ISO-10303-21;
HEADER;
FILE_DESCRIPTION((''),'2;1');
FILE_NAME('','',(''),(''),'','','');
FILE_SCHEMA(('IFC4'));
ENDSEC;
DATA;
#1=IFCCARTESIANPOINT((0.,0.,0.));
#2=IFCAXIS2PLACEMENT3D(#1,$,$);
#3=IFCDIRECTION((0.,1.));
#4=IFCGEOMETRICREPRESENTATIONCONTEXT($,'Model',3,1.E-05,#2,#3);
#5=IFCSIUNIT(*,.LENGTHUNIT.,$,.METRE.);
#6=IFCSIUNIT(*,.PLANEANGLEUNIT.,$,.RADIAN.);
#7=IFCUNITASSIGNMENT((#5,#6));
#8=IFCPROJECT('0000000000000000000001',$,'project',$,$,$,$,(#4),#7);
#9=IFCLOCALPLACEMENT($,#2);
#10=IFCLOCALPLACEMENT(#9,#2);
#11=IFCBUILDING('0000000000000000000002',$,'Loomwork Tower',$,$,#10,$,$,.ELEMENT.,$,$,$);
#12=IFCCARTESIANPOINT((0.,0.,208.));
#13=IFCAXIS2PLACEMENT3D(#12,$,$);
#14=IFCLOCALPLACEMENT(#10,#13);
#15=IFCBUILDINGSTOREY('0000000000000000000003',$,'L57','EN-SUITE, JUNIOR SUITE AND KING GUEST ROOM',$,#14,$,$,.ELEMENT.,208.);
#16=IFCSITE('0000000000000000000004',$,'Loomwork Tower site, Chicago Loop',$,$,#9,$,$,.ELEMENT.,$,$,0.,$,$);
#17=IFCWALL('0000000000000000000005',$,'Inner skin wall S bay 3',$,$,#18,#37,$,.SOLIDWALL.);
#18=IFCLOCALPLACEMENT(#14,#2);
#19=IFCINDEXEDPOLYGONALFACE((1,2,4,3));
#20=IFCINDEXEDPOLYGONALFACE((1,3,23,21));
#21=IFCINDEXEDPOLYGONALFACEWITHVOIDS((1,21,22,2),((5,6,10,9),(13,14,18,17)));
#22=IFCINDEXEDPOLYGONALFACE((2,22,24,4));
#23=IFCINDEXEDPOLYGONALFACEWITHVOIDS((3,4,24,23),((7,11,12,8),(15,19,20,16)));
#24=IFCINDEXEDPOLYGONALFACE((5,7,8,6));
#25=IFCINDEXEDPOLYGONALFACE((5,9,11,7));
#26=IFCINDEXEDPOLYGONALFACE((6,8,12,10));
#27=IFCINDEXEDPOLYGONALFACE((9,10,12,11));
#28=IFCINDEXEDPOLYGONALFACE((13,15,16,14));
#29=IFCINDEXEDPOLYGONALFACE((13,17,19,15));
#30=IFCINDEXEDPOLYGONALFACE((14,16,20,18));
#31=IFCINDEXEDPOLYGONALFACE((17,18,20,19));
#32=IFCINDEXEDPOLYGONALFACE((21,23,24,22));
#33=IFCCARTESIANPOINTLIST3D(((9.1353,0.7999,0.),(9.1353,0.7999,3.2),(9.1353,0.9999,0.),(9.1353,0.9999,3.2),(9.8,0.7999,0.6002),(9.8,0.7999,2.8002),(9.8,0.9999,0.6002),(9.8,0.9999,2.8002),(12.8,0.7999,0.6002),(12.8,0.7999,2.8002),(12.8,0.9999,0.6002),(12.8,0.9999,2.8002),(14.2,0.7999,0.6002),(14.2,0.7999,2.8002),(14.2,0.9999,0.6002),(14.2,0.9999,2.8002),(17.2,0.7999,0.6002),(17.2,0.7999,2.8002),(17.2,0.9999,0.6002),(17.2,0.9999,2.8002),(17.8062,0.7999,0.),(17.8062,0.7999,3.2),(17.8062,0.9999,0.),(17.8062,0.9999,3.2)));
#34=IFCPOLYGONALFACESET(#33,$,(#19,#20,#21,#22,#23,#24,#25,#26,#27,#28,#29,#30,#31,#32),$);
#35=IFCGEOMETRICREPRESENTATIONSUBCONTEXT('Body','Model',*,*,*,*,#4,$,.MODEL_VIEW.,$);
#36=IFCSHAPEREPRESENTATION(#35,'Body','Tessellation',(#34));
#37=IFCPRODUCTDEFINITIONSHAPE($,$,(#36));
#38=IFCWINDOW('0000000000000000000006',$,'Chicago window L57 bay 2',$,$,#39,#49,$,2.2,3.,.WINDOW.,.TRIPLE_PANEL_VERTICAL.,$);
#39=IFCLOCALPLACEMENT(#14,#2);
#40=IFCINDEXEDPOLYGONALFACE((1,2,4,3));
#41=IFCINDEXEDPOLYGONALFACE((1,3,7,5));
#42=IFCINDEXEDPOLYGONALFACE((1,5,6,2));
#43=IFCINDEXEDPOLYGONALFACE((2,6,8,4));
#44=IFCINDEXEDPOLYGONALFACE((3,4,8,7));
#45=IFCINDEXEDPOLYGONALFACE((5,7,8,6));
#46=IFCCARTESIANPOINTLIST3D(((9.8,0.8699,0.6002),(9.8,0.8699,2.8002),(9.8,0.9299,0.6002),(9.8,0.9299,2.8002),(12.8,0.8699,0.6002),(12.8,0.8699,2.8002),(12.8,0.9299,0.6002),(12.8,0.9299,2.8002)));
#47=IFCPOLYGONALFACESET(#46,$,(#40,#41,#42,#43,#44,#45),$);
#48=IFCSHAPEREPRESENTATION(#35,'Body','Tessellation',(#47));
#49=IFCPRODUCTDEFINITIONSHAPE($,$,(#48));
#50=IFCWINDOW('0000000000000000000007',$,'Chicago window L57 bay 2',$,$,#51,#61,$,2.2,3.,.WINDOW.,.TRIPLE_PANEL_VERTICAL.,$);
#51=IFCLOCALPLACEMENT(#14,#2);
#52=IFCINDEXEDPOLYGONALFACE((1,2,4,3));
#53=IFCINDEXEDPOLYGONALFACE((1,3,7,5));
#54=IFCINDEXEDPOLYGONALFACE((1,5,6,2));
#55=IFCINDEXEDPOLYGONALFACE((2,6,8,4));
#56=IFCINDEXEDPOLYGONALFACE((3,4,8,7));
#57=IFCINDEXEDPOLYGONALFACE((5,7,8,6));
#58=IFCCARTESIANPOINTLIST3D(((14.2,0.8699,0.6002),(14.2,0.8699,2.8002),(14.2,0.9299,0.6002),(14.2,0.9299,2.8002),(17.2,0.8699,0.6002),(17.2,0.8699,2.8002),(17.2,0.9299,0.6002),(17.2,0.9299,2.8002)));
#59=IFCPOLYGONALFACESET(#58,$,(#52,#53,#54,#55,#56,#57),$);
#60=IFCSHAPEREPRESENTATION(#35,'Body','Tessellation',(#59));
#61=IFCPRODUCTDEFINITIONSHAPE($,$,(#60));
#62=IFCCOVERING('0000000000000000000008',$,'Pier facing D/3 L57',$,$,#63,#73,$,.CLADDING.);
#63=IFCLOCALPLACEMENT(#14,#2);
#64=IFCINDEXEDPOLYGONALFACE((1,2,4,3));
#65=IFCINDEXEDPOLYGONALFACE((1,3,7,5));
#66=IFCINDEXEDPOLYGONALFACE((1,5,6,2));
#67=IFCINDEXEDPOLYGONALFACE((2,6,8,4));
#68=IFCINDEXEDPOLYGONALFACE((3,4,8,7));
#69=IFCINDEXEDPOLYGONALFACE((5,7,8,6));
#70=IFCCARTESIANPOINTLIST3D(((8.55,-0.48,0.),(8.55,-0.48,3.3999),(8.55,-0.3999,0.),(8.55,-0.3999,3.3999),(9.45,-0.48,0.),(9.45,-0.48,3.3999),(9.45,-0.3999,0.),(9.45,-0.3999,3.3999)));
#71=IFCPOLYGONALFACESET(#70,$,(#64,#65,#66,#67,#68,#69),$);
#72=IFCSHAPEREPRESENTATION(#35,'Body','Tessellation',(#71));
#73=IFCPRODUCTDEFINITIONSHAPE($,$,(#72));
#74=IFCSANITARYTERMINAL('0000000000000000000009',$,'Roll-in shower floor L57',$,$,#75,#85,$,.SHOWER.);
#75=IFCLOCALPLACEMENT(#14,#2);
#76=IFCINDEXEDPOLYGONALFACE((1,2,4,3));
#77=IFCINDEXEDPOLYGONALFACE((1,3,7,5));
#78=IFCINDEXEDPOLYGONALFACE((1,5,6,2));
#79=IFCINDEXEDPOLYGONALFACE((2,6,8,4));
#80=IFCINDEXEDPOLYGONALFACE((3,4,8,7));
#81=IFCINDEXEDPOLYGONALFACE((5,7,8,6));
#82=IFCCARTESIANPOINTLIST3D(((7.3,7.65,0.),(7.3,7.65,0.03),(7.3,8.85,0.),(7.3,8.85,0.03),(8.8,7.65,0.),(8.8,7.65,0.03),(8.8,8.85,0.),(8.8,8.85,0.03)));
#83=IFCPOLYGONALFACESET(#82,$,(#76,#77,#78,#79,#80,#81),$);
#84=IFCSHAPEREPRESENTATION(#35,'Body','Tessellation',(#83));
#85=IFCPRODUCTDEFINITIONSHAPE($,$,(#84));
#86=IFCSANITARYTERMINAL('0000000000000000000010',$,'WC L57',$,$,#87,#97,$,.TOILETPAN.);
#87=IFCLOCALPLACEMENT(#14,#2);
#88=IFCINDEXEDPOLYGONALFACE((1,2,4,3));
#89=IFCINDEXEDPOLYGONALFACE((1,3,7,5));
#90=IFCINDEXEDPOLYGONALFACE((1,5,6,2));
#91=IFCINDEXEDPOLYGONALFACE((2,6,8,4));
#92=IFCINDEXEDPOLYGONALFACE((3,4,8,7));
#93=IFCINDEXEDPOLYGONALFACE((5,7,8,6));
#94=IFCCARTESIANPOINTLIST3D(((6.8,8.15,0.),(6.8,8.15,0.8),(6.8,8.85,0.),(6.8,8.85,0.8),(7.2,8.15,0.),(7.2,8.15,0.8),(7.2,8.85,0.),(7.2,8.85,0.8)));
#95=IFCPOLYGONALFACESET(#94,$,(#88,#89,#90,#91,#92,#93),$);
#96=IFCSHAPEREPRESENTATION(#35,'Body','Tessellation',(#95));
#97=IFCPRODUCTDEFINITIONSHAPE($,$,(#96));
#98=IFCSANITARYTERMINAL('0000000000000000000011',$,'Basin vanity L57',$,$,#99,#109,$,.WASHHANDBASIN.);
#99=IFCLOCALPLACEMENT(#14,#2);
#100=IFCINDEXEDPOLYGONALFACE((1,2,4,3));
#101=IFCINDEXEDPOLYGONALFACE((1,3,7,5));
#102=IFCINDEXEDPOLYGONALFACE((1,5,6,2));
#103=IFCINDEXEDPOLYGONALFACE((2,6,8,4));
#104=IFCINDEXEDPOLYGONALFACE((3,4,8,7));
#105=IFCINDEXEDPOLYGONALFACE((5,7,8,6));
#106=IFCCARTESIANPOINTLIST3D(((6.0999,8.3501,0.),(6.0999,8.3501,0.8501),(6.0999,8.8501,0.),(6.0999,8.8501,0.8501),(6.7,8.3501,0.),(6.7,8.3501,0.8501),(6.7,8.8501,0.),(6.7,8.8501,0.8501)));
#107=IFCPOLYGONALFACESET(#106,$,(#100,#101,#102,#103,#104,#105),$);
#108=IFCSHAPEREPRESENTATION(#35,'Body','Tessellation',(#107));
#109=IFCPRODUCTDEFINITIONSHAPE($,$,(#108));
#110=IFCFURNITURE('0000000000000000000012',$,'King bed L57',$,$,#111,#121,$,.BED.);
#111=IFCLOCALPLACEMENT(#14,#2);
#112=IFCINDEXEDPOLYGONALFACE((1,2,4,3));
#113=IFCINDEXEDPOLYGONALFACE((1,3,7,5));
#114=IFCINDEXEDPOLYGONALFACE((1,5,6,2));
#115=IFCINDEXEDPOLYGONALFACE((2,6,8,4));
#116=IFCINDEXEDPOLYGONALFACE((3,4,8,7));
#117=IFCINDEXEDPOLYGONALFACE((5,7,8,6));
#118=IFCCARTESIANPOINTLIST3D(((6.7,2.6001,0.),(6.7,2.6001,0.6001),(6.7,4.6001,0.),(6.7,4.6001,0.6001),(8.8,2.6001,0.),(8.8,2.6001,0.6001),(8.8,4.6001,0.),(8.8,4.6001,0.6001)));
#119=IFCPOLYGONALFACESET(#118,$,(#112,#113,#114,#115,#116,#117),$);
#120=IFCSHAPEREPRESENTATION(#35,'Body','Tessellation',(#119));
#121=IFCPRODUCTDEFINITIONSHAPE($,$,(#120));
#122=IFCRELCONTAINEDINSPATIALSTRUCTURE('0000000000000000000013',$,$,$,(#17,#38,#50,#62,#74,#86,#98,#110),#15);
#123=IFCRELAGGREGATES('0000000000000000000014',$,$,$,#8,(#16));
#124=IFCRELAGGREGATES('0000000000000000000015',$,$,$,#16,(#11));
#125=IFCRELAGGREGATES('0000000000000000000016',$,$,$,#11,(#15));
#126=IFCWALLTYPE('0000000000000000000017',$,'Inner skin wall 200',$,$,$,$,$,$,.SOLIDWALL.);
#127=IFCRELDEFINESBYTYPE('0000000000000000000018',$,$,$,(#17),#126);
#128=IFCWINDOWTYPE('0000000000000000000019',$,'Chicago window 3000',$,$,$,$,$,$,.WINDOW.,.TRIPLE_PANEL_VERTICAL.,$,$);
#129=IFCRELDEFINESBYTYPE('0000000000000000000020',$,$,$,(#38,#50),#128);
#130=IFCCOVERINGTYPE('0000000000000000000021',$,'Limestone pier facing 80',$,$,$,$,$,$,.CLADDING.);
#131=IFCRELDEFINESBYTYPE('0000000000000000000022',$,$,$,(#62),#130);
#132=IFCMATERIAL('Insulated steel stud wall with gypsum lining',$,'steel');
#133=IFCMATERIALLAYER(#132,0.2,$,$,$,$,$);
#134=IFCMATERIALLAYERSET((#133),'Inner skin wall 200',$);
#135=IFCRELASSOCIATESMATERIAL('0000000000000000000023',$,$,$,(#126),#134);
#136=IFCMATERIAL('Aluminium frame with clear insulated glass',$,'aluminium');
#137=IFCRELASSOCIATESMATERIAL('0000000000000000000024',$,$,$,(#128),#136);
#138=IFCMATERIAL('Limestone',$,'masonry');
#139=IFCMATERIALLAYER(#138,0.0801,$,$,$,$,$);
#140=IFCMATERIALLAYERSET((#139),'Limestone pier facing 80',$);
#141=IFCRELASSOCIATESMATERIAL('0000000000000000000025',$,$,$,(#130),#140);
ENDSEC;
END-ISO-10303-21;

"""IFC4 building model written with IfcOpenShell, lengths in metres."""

from ifc_helpers import new_model, si_unit, direction, frame, frame_2d, origin, origin_2d, place, context, subcontext, project, spatial, rectangle, extrude, material, layer, layer_set, type_object, element, fill, save


model = new_model("IFC4")

# Units and contexts
model_context = context("Model", 3, precision=1e-05, world=origin(), true_north=direction((0.0, 1.0)))
body_context = subcontext(model_context, "Body", "Model", "MODEL_VIEW")
ifc_project = project(units=[si_unit("LENGTHUNIT", "METRE"), si_unit("PLANEANGLEUNIT", "RADIAN")], contexts=[model_context])

# Site, building, storey
site_placement = place(None, origin())
site = spatial("IfcSite", under=ifc_project, at=site_placement, Name="Loomwork Tower site, Chicago Loop", CompositionType="ELEMENT", RefElevation=0.0)
building_placement = place(site_placement, origin())
building = spatial("IfcBuilding", under=site, at=building_placement, Name="Loomwork Tower", CompositionType="ELEMENT")
storey_placement = place(building_placement, frame((0.0, 0.0, 208.0)))
storey = spatial("IfcBuildingStorey", under=building, at=storey_placement, Name="L57", Description="EN-SUITE, JUNIOR SUITE AND KING GUEST ROOM", CompositionType="ELEMENT", Elevation=208.0)

# Shared definitions
ifc_material_1 = material(Name="Insulated steel stud wall with gypsum lining", Category="steel")
ifc_layer_1 = layer(ifc_material_1, 0.2)
ifc_layer_set_1 = layer_set([ifc_layer_1], Name="Inner skin wall 200")
wall_type_1 = type_object("IfcWallType", Name="Inner skin wall 200", PredefinedType="SOLIDWALL", material=ifc_layer_set_1)

# Wall, openings, windows
wall_1_placement = place(storey_placement, frame((9.1353, 0.8999, 0.0), z_axis=(0.0, 0.0, 1.0), x_axis=(1.0, 0.0, 0.0)))
wall_1 = element("IfcWall", 1, at=wall_1_placement, inside=storey, type_object=wall_type_1, Name="Inner skin wall S bay 3", PredefinedType="SOLIDWALL", context=body_context, shape_type="SweptSolid", body=[
    extrude(rectangle(XDim=8.6709, YDim=0.2, at=frame_2d((4.3354, 0.0))), origin(), (0.0, 0.0, 1.0), 3.2),
])
opening_1_placement = place(wall_1_placement, frame((0.6648, 0.0, 0.6001)))
opening_1 = element("IfcOpeningElement", 2, at=opening_1_placement, cuts=wall_1, PredefinedType="OPENING", context=body_context, shape_type="SweptSolid", body=[
    extrude(rectangle(XDim=3.0, YDim=2.2, at=frame_2d((1.5, 1.1001))), frame((0.0, 0.1099, 0.0), z_axis=(0.0, -1.0, 0.0), x_axis=(1.0, 0.0, 0.0)), (0.0, 0.0, 1.0), 0.22),
])
opening_2_placement = place(wall_1_placement, frame((5.0647, 0.0, 0.6001)))
opening_2 = element("IfcOpeningElement", 3, at=opening_2_placement, cuts=wall_1, PredefinedType="OPENING", context=body_context, shape_type="SweptSolid", body=[
    extrude(rectangle(XDim=3.0, YDim=2.2, at=frame_2d((1.5, 1.1001))), frame((0.0, 0.1099, 0.0), z_axis=(0.0, -1.0, 0.0), x_axis=(1.0, 0.0, 0.0)), (0.0, 0.0, 1.0), 0.22),
])
ifc_material_2 = material(Name="Aluminium frame with clear insulated glass", Category="aluminium")
window_type = type_object("IfcWindowType", Name="Chicago window 3000", PartitioningType="TRIPLE_PANEL_VERTICAL", PredefinedType="WINDOW", material=ifc_material_2)
window_1_placement = place(opening_1_placement, origin())
window_1 = element("IfcWindow", 4, at=window_1_placement, inside=storey, type_object=window_type, Name="Chicago window L57 bay 2", OverallHeight=2.2, OverallWidth=3.0, PartitioningType="TRIPLE_PANEL_VERTICAL", PredefinedType="WINDOW", context=body_context, shape_type="SweptSolid", body=[
    extrude(rectangle(XDim=3.0, YDim=2.2, at=frame_2d((1.5, 1.1001))), frame((0.0, 0.03, 0.0), z_axis=(0.0, -1.0, 0.0), x_axis=(1.0, 0.0, 0.0)), (0.0, 0.0, 1.0), 0.0601),
])
fill(opening_1, window_1)
window_2_placement = place(opening_2_placement, origin())
window_2 = element("IfcWindow", 5, at=window_2_placement, inside=storey, type_object=window_type, Name="Chicago window L57 bay 2", OverallHeight=2.2, OverallWidth=3.0, PartitioningType="TRIPLE_PANEL_VERTICAL", PredefinedType="WINDOW", context=body_context, shape_type="SweptSolid", body=[
    extrude(rectangle(XDim=3.0, YDim=2.2, at=frame_2d((1.5, 1.1001))), frame((0.0, 0.03, 0.0), z_axis=(0.0, -1.0, 0.0), x_axis=(1.0, 0.0, 0.0)), (0.0, 0.0, 1.0), 0.0601),
])
fill(opening_2, window_2)

# Covering
ifc_material_3 = material(Name="Limestone", Category="masonry")
ifc_layer_2 = layer(ifc_material_3, 0.0801)
ifc_layer_set_2 = layer_set([ifc_layer_2], Name="Limestone pier facing 80")
covering_type = type_object("IfcCoveringType", Name="Limestone pier facing 80", PredefinedType="CLADDING", material=ifc_layer_set_2)
covering_placement = place(storey_placement, frame((9.0, -0.4399, 0.0), z_axis=(0.0, 0.0, 1.0), x_axis=(1.0, 0.0, 0.0)))
element("IfcCovering", 6, at=covering_placement, inside=storey, type_object=covering_type, Name="Pier facing D/3 L57", PredefinedType="CLADDING", context=body_context, shape_type="SweptSolid", body=[
    extrude(rectangle(XDim=0.8999, YDim=0.0801, at=origin_2d()), origin(), (0.0, 0.0, 1.0), 3.3999),
])

# Sanitary terminals
sanitary_terminal_1_placement = place(storey_placement, frame((8.05, 8.25, 0.0), z_axis=(0.0, 0.0, 1.0), x_axis=(1.0, 0.0, 0.0)))
element("IfcSanitaryTerminal", 7, at=sanitary_terminal_1_placement, inside=storey, Name="Roll-in shower floor L57", PredefinedType="SHOWER", context=body_context, shape_type="SweptSolid", body=[
    extrude(rectangle(XDim=1.5, YDim=1.2, at=origin_2d()), origin(), (0.0, 0.0, 1.0), 0.03),
])
sanitary_terminal_2_placement = place(storey_placement, frame((7.0, 8.5, 0.0), z_axis=(0.0, 0.0, 1.0), x_axis=(1.0, 0.0, 0.0)))
element("IfcSanitaryTerminal", 8, at=sanitary_terminal_2_placement, inside=storey, Name="WC L57", PredefinedType="TOILETPAN", context=body_context, shape_type="SweptSolid", body=[
    extrude(rectangle(XDim=0.3999, YDim=0.7, at=origin_2d()), origin(), (0.0, 0.0, 1.0), 0.8),
])
sanitary_terminal_3_placement = place(storey_placement, frame((6.3999, 8.6001, 0.0), z_axis=(0.0, 0.0, 1.0), x_axis=(1.0, 0.0, 0.0)))
element("IfcSanitaryTerminal", 9, at=sanitary_terminal_3_placement, inside=storey, Name="Basin vanity L57", PredefinedType="WASHHANDBASIN", context=body_context, shape_type="SweptSolid", body=[
    extrude(rectangle(XDim=0.6001, YDim=0.5, at=origin_2d()), origin(), (0.0, 0.0, 1.0), 0.8501),
])

# Furniture
furniture_placement = place(storey_placement, frame((7.75, 3.6001, 0.0), z_axis=(0.0, 0.0, 1.0), x_axis=(1.0, 0.0, 0.0)))
element("IfcFurniture", 10, at=furniture_placement, inside=storey, Name="King bed L57", PredefinedType="BED", context=body_context, shape_type="SweptSolid", body=[
    extrude(rectangle(XDim=2.1001, YDim=2.0, at=origin_2d()), origin(), (0.0, 0.0, 1.0), 0.6001),
])

save(model, "model.ifc")
